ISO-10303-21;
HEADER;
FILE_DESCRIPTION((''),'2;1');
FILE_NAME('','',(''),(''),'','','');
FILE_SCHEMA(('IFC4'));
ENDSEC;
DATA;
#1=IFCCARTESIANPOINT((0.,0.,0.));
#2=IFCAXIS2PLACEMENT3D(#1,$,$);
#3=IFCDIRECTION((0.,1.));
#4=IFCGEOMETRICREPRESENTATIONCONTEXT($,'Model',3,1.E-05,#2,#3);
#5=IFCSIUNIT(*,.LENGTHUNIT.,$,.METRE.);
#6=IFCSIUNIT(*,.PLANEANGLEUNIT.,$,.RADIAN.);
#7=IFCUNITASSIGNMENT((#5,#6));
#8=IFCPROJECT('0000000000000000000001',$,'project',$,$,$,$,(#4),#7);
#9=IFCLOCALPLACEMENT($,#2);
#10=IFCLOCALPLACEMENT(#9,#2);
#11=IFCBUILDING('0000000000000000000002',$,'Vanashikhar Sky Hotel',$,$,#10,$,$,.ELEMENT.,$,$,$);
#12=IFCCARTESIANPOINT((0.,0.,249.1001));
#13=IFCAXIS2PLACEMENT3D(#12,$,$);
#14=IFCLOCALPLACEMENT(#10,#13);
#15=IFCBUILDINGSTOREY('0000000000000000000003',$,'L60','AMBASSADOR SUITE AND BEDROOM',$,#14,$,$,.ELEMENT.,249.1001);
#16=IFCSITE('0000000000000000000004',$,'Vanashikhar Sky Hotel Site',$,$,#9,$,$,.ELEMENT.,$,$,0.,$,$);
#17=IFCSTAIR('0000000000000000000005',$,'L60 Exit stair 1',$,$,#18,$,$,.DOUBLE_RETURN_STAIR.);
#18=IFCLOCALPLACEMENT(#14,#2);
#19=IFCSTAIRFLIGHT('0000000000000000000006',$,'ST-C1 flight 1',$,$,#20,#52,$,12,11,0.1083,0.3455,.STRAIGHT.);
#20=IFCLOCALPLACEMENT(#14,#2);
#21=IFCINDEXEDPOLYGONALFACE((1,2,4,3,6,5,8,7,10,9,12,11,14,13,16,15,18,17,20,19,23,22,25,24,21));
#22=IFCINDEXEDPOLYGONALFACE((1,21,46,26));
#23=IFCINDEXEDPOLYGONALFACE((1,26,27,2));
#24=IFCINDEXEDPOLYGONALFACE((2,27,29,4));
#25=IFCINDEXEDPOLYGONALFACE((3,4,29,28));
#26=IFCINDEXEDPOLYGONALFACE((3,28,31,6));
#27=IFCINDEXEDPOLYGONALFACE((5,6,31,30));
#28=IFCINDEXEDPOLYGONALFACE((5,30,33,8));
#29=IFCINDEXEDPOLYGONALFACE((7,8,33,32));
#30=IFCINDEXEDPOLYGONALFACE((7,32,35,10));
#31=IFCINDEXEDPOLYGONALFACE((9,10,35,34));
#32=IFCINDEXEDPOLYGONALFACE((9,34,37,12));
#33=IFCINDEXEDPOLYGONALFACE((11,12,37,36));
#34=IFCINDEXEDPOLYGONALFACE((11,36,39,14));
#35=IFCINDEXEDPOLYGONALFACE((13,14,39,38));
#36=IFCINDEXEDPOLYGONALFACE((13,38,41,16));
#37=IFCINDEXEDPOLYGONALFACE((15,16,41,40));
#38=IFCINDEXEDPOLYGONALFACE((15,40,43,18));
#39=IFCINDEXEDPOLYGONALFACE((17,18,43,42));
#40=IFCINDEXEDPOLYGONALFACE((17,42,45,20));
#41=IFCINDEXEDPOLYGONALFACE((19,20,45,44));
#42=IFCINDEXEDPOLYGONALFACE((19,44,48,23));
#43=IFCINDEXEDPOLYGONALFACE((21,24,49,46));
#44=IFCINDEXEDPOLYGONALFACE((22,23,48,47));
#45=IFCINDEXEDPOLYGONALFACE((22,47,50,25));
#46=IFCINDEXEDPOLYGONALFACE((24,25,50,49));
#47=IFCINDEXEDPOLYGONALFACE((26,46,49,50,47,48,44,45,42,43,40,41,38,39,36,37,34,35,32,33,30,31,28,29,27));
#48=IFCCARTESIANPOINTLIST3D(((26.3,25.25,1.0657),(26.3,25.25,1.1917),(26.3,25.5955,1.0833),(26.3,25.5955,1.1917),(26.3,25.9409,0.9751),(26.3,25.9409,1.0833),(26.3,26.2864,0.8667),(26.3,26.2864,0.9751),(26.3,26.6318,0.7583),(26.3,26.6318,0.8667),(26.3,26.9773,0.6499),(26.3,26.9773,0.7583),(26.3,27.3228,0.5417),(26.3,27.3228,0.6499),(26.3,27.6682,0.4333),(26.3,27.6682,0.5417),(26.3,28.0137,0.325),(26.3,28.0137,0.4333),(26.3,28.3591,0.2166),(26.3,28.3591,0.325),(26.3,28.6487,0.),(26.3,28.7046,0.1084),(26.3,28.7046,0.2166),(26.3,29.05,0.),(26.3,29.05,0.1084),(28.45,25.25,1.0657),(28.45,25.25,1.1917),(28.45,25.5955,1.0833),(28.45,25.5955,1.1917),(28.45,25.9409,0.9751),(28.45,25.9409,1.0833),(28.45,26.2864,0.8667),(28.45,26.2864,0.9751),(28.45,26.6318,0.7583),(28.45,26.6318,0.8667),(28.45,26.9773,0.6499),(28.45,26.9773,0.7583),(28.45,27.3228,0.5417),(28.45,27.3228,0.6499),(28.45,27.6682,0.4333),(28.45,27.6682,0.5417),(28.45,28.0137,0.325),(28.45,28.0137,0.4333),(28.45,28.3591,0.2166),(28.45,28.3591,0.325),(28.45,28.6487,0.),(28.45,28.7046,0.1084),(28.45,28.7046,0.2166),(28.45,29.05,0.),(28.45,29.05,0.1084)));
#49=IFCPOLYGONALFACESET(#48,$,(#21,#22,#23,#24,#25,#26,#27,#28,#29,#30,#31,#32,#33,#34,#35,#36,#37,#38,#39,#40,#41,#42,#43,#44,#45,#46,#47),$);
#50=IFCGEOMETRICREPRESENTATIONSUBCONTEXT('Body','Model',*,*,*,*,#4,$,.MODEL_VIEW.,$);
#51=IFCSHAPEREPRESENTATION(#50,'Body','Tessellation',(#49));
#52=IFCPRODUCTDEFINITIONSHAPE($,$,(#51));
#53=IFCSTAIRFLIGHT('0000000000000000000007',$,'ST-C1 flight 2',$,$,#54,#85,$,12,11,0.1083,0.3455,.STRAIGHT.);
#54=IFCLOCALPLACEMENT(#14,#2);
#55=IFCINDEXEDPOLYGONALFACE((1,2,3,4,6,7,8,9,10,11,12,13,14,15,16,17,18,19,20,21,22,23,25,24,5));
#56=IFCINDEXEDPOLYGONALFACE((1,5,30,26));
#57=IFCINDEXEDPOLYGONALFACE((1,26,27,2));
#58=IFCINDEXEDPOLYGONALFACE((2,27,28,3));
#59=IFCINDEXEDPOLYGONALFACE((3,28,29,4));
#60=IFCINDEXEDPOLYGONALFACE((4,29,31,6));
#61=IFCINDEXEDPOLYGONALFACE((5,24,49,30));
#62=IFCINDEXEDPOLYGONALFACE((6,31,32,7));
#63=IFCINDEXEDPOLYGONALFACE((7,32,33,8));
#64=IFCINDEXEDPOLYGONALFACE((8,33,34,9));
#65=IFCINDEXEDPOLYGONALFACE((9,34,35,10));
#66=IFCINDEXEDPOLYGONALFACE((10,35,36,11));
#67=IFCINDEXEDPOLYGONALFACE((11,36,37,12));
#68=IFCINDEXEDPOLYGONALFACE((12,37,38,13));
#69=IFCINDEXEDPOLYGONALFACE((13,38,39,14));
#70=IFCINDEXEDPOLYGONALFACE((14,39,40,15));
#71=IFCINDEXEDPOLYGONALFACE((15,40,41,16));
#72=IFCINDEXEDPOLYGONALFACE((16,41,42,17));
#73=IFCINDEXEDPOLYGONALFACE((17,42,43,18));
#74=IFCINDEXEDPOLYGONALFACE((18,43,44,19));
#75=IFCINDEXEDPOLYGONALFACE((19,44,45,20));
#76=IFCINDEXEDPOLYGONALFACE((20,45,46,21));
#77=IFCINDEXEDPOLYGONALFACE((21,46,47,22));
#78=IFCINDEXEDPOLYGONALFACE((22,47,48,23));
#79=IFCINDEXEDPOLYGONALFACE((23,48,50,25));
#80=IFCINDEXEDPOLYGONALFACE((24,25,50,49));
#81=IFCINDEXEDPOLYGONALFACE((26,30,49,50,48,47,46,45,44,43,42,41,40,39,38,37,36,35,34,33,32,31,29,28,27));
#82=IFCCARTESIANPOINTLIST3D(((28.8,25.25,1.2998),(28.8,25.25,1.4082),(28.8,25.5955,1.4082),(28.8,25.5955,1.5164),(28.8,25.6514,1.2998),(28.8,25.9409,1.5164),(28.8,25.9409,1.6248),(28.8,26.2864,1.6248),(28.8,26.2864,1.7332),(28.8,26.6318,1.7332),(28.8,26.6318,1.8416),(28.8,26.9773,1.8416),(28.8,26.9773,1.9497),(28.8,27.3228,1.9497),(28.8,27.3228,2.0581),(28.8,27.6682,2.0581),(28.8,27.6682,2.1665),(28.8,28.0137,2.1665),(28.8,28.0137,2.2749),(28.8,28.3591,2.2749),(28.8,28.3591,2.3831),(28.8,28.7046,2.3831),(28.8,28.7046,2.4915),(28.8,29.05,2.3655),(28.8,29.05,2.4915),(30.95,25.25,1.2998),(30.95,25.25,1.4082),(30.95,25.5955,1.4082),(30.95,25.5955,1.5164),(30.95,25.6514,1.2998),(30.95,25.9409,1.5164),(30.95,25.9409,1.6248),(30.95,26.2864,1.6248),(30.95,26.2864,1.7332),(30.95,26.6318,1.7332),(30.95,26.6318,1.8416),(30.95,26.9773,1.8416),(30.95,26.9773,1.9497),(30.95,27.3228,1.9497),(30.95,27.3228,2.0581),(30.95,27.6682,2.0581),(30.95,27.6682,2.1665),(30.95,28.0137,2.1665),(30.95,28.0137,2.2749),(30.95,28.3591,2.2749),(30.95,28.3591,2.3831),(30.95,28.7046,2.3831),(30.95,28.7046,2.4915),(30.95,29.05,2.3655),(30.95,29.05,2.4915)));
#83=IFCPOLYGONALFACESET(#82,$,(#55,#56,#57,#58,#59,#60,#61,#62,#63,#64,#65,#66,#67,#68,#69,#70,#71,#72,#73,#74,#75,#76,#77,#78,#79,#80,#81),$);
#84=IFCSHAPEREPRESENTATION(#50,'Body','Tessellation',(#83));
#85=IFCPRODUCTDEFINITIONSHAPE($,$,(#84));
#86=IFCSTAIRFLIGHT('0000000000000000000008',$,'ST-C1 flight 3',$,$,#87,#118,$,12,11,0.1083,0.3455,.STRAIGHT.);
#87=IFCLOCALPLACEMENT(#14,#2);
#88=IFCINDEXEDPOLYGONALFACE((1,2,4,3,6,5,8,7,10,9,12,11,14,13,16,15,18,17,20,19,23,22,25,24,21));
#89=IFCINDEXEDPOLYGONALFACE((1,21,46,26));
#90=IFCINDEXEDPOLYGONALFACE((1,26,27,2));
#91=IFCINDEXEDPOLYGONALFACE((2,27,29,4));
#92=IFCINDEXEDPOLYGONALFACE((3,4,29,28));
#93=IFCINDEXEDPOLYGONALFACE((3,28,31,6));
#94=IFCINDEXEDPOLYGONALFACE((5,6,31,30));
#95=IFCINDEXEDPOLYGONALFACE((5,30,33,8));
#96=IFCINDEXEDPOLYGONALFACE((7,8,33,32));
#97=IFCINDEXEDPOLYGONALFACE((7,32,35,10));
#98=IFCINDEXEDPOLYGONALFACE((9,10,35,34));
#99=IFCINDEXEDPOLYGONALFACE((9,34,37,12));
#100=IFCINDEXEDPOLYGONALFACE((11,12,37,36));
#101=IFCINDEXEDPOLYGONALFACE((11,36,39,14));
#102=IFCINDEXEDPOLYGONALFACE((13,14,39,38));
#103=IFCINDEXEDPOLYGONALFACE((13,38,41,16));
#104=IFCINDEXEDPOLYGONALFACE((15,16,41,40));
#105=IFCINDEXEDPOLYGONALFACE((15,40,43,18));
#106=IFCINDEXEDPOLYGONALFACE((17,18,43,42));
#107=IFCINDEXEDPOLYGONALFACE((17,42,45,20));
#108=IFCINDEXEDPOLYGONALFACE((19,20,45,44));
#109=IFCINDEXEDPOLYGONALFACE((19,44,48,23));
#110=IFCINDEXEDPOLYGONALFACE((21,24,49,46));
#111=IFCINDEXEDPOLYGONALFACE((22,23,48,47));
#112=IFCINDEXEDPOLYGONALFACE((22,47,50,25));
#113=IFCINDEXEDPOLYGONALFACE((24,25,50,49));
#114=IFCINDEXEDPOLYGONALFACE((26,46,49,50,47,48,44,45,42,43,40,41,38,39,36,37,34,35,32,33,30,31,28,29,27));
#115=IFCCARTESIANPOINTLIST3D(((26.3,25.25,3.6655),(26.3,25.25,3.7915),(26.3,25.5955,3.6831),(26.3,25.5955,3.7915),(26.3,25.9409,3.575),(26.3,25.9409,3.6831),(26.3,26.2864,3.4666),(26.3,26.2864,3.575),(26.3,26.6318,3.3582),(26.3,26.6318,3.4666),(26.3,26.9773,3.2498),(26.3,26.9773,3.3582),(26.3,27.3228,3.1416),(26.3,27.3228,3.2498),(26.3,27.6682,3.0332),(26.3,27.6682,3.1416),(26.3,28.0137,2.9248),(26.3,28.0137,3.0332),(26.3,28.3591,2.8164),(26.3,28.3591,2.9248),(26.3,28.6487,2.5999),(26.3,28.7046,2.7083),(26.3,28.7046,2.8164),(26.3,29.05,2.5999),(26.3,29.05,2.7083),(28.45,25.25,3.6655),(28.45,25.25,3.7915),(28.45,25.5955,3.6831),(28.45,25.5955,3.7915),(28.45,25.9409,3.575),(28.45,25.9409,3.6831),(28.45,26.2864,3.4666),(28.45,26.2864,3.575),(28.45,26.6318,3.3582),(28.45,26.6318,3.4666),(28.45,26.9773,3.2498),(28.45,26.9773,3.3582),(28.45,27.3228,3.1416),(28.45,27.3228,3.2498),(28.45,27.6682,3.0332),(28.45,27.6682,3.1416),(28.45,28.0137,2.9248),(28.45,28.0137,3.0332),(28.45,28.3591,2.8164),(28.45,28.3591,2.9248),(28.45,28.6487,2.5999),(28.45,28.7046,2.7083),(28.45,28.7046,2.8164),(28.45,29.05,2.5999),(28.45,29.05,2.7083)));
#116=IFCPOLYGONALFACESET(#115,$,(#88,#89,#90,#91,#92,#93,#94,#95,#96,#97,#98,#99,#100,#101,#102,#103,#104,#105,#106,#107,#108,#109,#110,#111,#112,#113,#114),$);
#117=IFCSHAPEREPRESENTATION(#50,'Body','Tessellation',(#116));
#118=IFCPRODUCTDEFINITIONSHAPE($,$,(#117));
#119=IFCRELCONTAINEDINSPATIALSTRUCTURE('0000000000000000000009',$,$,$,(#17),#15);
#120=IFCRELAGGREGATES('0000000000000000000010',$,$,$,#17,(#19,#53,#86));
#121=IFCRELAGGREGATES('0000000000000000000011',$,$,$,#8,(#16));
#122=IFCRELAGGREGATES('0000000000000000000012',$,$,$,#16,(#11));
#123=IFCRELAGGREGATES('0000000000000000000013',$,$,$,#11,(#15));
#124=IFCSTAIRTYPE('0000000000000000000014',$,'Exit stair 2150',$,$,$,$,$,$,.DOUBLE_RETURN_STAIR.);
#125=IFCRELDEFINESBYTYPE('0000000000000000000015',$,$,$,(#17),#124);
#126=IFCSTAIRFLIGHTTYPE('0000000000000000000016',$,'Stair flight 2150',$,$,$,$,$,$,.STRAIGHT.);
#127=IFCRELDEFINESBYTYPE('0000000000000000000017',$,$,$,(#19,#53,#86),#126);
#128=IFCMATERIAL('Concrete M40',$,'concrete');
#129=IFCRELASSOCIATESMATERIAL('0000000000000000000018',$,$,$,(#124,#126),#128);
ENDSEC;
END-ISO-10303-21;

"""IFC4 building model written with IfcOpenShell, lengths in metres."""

from ifc_helpers import new_model, si_unit, direction, frame, origin, place, context, subcontext, project, spatial, polyline, outline, extrude, source, transform, mapped, material, type_object, element, aggregate, save


model = new_model("IFC4")

# Units and contexts
model_context = context("Model", 3, precision=1e-05, world=origin(), true_north=direction((0.0, 1.0)))
body_context = subcontext(model_context, "Body", "Model", "MODEL_VIEW")
ifc_project = project(units=[si_unit("LENGTHUNIT", "METRE"), si_unit("PLANEANGLEUNIT", "RADIAN")], contexts=[model_context])

# Site, building, storey
site_placement = place(None, origin())
site = spatial("IfcSite", under=ifc_project, at=site_placement, Name="Vanashikhar Sky Hotel Site", CompositionType="ELEMENT", RefElevation=0.0)
building_placement = place(site_placement, origin())
building = spatial("IfcBuilding", under=site, at=building_placement, Name="Vanashikhar Sky Hotel", CompositionType="ELEMENT")
storey_placement = place(building_placement, frame((0.0, 0.0, 249.1001)))
storey = spatial("IfcBuildingStorey", under=building, at=storey_placement, Name="L60", Description="AMBASSADOR SUITE AND BEDROOM", CompositionType="ELEMENT", Elevation=249.1001)

# Shared definitions
ifc_material_1 = material(Name="Concrete M40", Category="concrete")

# Stair, stair flights
stair_type = type_object("IfcStairType", Name="Exit stair 2150", PredefinedType="DOUBLE_RETURN_STAIR", material=ifc_material_1)
stair_placement = place(storey_placement, origin())
stair = element("IfcStair", 1, at=stair_placement, inside=storey, type_object=stair_type, Name="L60 Exit stair 1", PredefinedType="DOUBLE_RETURN_STAIR")
stair_flight_type = type_object("IfcStairFlightType", Name="Stair flight 2150", PredefinedType="STRAIGHT", material=ifc_material_1)
shared_shape_1 = source(origin(), body_context, "Body", "SweptSolid", [
    extrude(outline(polyline([(0.0, 0.0), (0.0, 0.1084), (0.3455, 0.1084), (0.3455, 0.2166), (0.6909, 0.2166), (0.6909, 0.325), (1.0364, 0.325), (1.0364, 0.4333), (1.3818, 0.4333), (1.3818, 0.5417), (1.7273, 0.5417), (1.7273, 0.6499), (2.0728, 0.6499), (2.0728, 0.7583), (2.4182, 0.7583), (2.4182, 0.8667), (2.7637, 0.8667), (2.7637, 0.9751), (3.1091, 0.9751), (3.1091, 1.0833), (3.4546, 1.0833), (3.4546, 1.1917), (3.8, 1.1917), (3.8, 1.3), (3.8, 1.0657), (0.4014, 0.0), (0.0, 0.0)])), frame((0.0, 1.075, 0.0), z_axis=(0.0, -1.0, 0.0), x_axis=(1.0, 0.0, 0.0)), (0.0, 0.0, 1.0), 2.1499),
])
stair_flight_1_placement = place(storey_placement, frame((27.375, 29.05, 0.0), z_axis=(0.0, 0.0, 1.0), x_axis=(0.0, -1.0, 0.0)))
stair_flight_1 = element("IfcStairFlight", 2, at=stair_flight_1_placement, type_object=stair_flight_type, Name="ST-C1 flight 1", NumberOfRisers=12, NumberOfTreads=11, PredefinedType="STRAIGHT", RiserHeight=0.1083, TreadLength=0.3455, context=body_context, shape_type="MappedRepresentation", body=[
    mapped(shared_shape_1, transform((0.0, 0.0, 0.0), scale=1.0)),
])
stair_flight_2_placement = place(storey_placement, frame((29.875, 25.25, 1.2998), z_axis=(0.0, 0.0, 1.0), x_axis=(0.0, 1.0, 0.0)))
stair_flight_2 = element("IfcStairFlight", 3, at=stair_flight_2_placement, type_object=stair_flight_type, Name="ST-C1 flight 2", NumberOfRisers=12, NumberOfTreads=11, PredefinedType="STRAIGHT", RiserHeight=0.1083, TreadLength=0.3455, context=body_context, shape_type="MappedRepresentation", body=[
    mapped(shared_shape_1, transform((0.0, 0.0, 0.0), scale=1.0)),
])
stair_flight_3_placement = place(storey_placement, frame((27.375, 29.05, 2.5999), z_axis=(0.0, 0.0, 1.0), x_axis=(0.0, -1.0, 0.0)))
stair_flight_3 = element("IfcStairFlight", 4, at=stair_flight_3_placement, type_object=stair_flight_type, Name="ST-C1 flight 3", NumberOfRisers=12, NumberOfTreads=11, PredefinedType="STRAIGHT", RiserHeight=0.1083, TreadLength=0.3455, context=body_context, shape_type="MappedRepresentation", body=[
    mapped(shared_shape_1, transform((0.0, 0.0, 0.0), scale=1.0)),
])
aggregate(stair, [stair_flight_1, stair_flight_2, stair_flight_3])

save(model, "model.ifc")
